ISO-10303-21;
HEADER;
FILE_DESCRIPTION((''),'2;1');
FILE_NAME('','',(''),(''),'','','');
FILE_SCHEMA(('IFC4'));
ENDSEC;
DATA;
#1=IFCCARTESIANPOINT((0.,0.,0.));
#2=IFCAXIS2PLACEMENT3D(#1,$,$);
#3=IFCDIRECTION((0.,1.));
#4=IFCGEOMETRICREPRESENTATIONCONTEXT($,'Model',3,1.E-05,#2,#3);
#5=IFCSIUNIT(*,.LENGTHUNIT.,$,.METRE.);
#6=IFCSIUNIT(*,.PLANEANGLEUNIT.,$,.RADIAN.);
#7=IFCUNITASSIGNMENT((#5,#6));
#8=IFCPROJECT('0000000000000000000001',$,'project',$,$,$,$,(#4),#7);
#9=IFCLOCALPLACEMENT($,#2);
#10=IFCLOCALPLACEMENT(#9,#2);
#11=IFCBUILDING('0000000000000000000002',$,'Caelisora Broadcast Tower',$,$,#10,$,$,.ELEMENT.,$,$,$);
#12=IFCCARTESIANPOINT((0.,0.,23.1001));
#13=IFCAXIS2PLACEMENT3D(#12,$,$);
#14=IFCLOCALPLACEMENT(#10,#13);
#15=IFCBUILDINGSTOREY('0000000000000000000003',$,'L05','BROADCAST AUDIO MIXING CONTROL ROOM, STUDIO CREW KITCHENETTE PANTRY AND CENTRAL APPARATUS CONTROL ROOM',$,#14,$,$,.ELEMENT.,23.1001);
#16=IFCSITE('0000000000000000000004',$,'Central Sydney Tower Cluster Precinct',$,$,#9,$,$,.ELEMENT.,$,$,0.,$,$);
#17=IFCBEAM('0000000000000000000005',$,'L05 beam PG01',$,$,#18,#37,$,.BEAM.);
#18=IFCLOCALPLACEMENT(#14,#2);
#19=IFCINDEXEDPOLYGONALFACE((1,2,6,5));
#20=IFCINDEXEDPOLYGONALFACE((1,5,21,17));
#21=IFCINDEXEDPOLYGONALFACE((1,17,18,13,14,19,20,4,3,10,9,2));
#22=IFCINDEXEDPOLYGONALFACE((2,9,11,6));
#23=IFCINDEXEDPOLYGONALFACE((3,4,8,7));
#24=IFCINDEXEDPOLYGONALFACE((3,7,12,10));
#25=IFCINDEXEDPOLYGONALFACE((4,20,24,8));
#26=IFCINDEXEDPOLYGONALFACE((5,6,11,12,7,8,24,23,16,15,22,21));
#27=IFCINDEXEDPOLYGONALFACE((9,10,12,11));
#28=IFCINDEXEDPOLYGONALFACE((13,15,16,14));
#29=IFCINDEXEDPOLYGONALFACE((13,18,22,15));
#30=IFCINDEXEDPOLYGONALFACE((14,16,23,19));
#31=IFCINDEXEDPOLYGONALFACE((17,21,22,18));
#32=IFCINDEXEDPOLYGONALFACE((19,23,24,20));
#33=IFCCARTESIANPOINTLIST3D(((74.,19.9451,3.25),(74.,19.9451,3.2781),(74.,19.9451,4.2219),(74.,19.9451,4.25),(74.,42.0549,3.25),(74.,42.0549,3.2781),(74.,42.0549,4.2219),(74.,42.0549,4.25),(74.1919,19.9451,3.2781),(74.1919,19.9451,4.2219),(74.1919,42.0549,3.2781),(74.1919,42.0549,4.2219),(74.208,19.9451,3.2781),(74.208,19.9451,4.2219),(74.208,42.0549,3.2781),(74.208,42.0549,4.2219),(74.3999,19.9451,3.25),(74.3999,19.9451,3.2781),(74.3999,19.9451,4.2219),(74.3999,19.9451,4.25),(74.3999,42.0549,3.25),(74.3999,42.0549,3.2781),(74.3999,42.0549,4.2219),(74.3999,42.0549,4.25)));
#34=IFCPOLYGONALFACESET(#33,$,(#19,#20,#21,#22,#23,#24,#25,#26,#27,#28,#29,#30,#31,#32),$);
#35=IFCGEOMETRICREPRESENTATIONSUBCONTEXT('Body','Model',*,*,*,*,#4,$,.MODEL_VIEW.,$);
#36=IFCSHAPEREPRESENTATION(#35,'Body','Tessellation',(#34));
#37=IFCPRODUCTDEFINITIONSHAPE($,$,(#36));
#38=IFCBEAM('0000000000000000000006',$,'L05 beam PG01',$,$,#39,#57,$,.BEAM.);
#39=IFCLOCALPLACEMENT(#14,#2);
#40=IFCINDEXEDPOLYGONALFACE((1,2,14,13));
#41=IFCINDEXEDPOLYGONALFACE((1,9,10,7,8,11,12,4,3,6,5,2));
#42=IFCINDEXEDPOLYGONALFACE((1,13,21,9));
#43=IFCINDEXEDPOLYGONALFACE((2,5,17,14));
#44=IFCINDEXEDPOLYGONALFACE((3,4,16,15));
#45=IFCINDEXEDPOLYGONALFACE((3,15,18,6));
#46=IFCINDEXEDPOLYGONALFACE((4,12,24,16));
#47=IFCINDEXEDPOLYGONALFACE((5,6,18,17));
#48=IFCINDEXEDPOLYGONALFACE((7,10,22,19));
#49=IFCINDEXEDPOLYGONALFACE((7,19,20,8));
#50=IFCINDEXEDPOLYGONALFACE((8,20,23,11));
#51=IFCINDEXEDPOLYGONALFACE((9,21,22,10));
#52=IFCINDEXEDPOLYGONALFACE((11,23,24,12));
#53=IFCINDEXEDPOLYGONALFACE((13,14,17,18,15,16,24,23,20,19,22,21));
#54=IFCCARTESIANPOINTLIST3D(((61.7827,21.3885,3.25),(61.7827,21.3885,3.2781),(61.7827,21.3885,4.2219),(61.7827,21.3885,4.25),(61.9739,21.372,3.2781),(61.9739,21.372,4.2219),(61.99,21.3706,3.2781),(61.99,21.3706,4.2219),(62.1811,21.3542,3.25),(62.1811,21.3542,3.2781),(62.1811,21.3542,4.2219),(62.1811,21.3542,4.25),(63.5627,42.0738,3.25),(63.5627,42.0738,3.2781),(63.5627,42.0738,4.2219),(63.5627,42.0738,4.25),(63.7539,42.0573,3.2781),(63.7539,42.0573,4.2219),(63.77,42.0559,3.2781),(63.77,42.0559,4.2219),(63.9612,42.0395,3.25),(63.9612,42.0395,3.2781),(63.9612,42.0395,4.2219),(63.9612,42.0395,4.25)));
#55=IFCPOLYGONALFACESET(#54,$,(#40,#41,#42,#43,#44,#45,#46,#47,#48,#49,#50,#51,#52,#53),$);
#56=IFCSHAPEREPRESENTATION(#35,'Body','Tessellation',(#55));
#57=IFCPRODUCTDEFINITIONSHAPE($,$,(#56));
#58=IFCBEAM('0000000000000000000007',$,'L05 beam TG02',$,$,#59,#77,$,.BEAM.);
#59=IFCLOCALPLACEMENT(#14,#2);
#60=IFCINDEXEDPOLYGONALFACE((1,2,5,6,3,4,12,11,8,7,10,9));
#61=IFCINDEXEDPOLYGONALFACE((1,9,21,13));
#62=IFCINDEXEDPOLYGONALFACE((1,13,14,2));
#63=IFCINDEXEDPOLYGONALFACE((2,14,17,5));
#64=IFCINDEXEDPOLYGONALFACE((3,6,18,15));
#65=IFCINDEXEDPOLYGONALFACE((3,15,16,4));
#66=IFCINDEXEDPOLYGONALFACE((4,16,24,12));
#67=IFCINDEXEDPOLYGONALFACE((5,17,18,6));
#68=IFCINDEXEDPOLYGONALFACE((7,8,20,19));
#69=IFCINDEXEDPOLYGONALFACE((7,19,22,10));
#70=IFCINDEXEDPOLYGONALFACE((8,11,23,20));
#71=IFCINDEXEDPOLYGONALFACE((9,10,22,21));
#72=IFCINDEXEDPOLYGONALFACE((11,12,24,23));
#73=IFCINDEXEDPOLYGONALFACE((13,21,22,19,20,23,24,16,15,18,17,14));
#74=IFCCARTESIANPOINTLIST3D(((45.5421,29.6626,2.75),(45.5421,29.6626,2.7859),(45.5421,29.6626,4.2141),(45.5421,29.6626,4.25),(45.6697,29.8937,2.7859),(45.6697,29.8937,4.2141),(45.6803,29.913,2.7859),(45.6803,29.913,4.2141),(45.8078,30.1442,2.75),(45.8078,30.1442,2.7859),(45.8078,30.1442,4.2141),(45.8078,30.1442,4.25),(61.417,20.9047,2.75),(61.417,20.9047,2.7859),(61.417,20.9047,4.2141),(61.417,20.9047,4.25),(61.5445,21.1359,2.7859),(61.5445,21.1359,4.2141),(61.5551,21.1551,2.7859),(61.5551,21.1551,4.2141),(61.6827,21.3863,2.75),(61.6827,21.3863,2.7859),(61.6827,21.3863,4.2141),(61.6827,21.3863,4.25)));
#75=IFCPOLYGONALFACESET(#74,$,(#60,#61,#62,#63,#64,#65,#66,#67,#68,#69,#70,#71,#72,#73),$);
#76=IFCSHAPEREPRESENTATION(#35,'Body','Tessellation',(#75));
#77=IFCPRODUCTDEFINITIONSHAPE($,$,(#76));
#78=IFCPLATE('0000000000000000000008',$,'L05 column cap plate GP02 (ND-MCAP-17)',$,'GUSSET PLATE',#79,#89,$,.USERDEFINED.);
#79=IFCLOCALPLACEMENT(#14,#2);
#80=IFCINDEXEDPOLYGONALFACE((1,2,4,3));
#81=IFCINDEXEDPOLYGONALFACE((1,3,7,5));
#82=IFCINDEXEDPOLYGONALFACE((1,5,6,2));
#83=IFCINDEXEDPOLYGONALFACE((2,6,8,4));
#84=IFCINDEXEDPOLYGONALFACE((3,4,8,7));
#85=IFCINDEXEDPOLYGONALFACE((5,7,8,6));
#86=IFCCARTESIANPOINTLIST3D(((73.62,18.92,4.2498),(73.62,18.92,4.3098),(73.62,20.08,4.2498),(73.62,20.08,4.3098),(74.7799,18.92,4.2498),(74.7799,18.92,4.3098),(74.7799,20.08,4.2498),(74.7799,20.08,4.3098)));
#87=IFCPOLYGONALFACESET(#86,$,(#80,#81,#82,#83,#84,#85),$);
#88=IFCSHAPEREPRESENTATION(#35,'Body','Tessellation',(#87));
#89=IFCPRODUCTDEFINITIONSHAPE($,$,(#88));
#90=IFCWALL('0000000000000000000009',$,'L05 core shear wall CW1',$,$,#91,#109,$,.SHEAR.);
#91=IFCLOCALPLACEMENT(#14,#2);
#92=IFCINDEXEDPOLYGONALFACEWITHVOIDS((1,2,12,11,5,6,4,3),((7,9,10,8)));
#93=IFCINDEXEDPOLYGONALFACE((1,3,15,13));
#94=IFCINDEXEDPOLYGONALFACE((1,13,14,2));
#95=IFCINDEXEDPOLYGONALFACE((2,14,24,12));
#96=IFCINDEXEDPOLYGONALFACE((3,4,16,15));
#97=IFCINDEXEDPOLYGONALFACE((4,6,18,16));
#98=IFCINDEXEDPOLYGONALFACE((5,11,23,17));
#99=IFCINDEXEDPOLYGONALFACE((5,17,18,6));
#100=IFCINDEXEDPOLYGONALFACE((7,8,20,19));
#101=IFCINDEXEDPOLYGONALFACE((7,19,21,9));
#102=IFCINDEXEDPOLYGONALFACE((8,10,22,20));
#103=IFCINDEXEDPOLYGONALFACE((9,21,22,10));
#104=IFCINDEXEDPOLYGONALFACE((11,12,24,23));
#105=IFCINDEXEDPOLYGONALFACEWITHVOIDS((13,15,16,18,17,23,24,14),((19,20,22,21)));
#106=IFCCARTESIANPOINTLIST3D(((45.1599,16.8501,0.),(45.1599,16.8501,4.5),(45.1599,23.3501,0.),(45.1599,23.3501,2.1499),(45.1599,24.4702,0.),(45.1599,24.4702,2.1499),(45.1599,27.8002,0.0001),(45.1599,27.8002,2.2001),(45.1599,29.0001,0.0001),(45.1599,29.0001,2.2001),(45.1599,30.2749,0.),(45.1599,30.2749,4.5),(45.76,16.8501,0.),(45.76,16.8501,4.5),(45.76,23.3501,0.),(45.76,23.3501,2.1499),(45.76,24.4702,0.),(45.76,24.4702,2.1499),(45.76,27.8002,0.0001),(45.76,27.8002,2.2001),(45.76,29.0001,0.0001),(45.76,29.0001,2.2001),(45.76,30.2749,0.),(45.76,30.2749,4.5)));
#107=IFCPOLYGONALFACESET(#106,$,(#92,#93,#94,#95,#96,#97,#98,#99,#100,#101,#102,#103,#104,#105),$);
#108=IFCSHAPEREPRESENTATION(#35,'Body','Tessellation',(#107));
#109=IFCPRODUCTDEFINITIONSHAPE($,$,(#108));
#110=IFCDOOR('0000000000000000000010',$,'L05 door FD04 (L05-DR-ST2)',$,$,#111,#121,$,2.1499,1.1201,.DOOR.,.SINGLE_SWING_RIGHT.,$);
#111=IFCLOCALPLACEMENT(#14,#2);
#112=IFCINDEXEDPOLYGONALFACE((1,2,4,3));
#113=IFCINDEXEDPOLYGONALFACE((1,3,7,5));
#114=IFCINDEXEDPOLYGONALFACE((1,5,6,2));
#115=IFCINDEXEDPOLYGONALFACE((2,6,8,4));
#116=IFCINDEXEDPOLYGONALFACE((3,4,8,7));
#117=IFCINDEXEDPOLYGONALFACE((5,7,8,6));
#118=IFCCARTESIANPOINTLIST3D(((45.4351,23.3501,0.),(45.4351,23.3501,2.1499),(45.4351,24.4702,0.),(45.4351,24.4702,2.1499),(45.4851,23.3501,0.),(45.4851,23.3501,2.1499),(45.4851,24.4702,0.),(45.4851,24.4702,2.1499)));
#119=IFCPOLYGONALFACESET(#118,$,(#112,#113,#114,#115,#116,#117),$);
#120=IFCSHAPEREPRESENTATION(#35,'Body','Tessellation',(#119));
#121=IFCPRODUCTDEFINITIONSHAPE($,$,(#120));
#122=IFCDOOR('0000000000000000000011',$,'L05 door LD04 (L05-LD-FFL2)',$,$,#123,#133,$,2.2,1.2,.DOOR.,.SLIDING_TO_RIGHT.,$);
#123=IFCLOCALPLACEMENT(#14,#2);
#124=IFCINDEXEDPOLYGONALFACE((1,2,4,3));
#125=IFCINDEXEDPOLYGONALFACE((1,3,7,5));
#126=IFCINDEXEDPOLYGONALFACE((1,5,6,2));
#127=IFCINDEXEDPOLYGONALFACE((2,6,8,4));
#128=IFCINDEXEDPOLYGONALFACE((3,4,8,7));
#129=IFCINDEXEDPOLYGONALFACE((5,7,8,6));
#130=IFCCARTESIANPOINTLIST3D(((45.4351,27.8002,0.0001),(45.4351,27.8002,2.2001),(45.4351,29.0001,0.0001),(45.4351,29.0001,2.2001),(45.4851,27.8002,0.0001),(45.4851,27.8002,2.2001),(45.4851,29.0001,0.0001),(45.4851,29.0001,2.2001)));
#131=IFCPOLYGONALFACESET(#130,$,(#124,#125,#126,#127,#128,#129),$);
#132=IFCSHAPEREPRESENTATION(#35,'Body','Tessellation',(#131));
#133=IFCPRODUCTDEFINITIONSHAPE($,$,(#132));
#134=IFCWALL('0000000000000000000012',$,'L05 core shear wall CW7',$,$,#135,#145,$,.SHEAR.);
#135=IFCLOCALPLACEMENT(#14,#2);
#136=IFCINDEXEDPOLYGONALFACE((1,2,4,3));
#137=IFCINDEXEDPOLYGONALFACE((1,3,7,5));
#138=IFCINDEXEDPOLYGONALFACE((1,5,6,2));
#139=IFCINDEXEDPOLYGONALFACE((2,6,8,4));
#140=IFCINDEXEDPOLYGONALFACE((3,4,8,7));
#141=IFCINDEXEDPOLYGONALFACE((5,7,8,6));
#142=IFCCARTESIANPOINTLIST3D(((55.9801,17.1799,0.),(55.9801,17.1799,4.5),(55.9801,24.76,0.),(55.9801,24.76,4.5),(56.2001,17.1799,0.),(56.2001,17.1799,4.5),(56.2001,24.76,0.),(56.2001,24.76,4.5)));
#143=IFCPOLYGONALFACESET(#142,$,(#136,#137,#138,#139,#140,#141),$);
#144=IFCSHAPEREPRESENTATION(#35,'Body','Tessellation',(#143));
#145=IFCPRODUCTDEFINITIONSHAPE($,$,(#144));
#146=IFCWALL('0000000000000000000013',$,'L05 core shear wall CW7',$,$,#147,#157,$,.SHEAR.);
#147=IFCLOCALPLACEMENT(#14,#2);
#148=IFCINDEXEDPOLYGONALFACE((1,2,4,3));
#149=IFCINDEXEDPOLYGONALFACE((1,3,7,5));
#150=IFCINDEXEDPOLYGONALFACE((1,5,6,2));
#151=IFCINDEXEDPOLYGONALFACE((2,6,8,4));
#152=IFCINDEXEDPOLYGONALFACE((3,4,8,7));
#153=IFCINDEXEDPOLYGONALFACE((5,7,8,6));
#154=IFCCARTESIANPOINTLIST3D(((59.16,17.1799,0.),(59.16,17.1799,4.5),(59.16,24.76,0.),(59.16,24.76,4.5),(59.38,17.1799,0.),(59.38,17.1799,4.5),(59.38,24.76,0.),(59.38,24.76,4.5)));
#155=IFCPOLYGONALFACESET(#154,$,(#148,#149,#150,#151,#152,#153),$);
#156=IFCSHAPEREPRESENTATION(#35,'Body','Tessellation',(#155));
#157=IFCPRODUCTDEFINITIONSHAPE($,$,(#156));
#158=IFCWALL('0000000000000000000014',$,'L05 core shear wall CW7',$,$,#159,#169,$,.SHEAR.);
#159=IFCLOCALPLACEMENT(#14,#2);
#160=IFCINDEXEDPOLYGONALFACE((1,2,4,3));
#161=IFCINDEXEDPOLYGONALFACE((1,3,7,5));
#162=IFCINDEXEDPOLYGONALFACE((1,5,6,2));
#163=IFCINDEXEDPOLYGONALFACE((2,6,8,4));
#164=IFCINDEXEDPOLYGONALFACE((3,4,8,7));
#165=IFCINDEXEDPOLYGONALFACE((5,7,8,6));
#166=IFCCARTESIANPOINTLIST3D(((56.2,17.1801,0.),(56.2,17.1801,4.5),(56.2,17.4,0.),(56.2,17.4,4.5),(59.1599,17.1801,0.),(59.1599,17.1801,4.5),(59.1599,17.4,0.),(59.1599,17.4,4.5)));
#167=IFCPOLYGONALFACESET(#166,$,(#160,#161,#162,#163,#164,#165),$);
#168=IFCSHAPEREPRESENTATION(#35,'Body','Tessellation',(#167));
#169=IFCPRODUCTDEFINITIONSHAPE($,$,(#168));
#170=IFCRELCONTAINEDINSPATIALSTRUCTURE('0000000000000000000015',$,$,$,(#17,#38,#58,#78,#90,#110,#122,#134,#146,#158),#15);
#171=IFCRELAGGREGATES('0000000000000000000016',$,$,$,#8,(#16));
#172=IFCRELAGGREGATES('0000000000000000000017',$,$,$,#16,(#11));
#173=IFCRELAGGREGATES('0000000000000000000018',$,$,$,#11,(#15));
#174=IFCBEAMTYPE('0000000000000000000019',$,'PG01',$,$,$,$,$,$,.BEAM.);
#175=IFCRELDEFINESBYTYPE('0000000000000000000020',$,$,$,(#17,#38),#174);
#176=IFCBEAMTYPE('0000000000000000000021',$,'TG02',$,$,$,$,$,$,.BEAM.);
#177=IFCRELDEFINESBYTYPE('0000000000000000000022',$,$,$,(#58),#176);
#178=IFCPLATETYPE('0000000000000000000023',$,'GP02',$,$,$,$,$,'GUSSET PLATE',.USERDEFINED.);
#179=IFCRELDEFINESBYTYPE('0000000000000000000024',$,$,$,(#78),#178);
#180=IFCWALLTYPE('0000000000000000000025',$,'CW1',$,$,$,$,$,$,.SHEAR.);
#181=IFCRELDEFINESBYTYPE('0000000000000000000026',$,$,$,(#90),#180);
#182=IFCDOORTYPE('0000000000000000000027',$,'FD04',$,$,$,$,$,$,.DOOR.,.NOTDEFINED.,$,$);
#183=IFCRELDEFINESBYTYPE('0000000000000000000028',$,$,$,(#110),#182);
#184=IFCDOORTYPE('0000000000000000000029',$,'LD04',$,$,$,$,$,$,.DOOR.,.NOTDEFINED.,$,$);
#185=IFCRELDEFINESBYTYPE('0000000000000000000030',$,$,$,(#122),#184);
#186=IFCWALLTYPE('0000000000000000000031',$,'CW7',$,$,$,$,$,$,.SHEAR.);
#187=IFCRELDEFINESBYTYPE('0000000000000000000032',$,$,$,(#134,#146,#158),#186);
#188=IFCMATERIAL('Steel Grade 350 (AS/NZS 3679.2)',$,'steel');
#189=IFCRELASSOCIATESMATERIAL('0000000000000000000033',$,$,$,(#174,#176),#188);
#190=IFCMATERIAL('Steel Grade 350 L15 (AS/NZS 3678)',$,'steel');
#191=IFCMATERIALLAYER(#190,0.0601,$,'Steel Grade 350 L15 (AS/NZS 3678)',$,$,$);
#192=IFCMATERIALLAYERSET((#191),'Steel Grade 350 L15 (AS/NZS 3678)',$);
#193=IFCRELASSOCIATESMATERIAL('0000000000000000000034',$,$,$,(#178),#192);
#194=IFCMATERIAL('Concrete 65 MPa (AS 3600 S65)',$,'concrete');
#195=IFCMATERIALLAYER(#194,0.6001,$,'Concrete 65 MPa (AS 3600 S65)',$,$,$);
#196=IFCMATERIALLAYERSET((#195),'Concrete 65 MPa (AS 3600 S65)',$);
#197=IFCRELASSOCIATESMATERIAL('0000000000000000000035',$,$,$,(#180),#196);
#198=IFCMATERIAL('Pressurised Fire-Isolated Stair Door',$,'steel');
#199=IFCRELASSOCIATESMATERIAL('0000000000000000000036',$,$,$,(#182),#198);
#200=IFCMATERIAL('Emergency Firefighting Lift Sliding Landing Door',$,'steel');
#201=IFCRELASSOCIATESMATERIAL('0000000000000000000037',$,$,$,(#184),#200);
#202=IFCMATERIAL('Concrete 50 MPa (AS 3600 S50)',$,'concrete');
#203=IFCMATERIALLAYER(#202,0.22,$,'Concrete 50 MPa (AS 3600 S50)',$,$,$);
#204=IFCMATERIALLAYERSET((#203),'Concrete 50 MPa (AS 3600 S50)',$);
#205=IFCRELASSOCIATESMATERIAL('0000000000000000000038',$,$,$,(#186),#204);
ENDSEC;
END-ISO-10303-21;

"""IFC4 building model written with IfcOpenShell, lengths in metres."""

from ifc_helpers import new_model, si_unit, direction, frame, frame_2d, origin, origin_2d, place, context, subcontext, project, spatial, rectangle, i_section, extrude, source, transform, mapped, material, layer, layer_set, material_profile, profile_set, type_object, type_shapes, element, fill, save


model = new_model("IFC4")

# Units and contexts
model_context = context("Model", 3, precision=1e-05, world=origin(), true_north=direction((0.0, 1.0)))
body_context = subcontext(model_context, "Body", "Model", "MODEL_VIEW")
ifc_project = project(units=[si_unit("LENGTHUNIT", "METRE"), si_unit("PLANEANGLEUNIT", "RADIAN")], contexts=[model_context])

# Site, building, storey
site_placement = place(None, origin())
site = spatial("IfcSite", under=ifc_project, at=site_placement, Name="Central Sydney Tower Cluster Precinct", CompositionType="ELEMENT", RefElevation=0.0)
building_placement = place(site_placement, origin())
building = spatial("IfcBuilding", under=site, at=building_placement, Name="Caelisora Broadcast Tower", CompositionType="ELEMENT")
storey_placement = place(building_placement, frame((0.0, 0.0, 23.1001)))
storey = spatial("IfcBuildingStorey", under=building, at=storey_placement, Name="L05", Description="BROADCAST AUDIO MIXING CONTROL ROOM, STUDIO CREW KITCHENETTE PANTRY AND CENTRAL APPARATUS CONTROL ROOM", CompositionType="ELEMENT", Elevation=23.1001)

# Shared definitions
ifc_material_1 = material(Name="Steel Grade 350 (AS/NZS 3679.2)", Category="steel")
ifc_material_2 = material(Name="Steel Grade 350 L15 (AS/NZS 3678)", Category="steel")

# Beams
ifc_material_profile_1 = material_profile(ifc_material_1, i_section(OverallWidth=0.3999, OverallDepth=1.0, WebThickness=0.0161, FlangeThickness=0.0281, at=origin_2d()), Name="Steel Grade 350 (AS/NZS 3679.2)")
ifc_profile_set_1 = profile_set([ifc_material_profile_1], Name="Steel Grade 350 (AS/NZS 3679.2)")
beam_type_1 = type_object("IfcBeamType", Name="PG01", PredefinedType="BEAM", material=ifc_profile_set_1)
shared_shape_1 = source(origin(), body_context, "Body", "SweptSolid", [
    extrude(i_section(OverallWidth=0.3999, OverallDepth=1.0, WebThickness=0.0161, FlangeThickness=0.0281, at=origin_2d()), origin(), (0.0, 0.0, 1.0), 22.1099),
])
beam_1_placement = place(storey_placement, frame((74.2, 19.9451, 3.75), z_axis=(0.0, 1.0, 0.0), x_axis=(-1.0, 0.0, 0.0)))
element("IfcBeam", 1, at=beam_1_placement, inside=storey, type_object=beam_type_1, Name="L05 beam PG01", PredefinedType="BEAM", context=body_context, shape_type="MappedRepresentation", body=[
    mapped(shared_shape_1, transform((0.0, 0.0, 0.0), scale=1.0)),
])
shared_shape_2 = source(origin(), body_context, "Body", "SweptSolid", [
    extrude(i_section(OverallWidth=0.3999, OverallDepth=1.0, WebThickness=0.0161, FlangeThickness=0.0281, at=origin_2d()), origin(), (0.0, 0.0, 1.0), 20.7617),
])
beam_2_placement = place(storey_placement, frame((61.9819, 21.3713, 3.75), z_axis=(0.085736, 0.996318, 0.0), x_axis=(-0.996318, 0.085736, 0.0)))
element("IfcBeam", 2, at=beam_2_placement, inside=storey, type_object=beam_type_1, Name="L05 beam PG01", PredefinedType="BEAM", context=body_context, shape_type="MappedRepresentation", body=[
    mapped(shared_shape_2, transform((0.0, 0.0, 0.0), scale=1.0)),
])
ifc_material_profile_2 = material_profile(ifc_material_1, i_section(OverallWidth=0.55, OverallDepth=1.5, WebThickness=0.022, FlangeThickness=0.0359, at=origin_2d()), Name="Steel Grade 350 (AS/NZS 3679.2)")
ifc_profile_set_2 = profile_set([ifc_material_profile_2], Name="Steel Grade 350 (AS/NZS 3679.2)")
beam_type_2 = type_object("IfcBeamType", Name="TG02", PredefinedType="BEAM", material=ifc_profile_set_2)
shared_shape_3 = source(origin(), body_context, "Body", "SweptSolid", [
    extrude(i_section(OverallWidth=0.55, OverallDepth=1.5, WebThickness=0.022, FlangeThickness=0.0359, at=origin_2d()), origin(), (0.0, 0.0, 1.0), 18.1304),
])
type_shapes(beam_type_2, [shared_shape_3])
beam_3_placement = place(storey_placement, frame((61.5498, 21.1455, 3.5), z_axis=(-0.875593, 0.483049, 0.0), x_axis=(-0.483049, -0.875593, 0.0)))
element("IfcBeam", 3, at=beam_3_placement, inside=storey, type_object=beam_type_2, Name="L05 beam TG02", PredefinedType="BEAM", context=body_context, shape_type="MappedRepresentation", body=[
    mapped(shared_shape_3, transform((0.0, 0.0, 0.0), scale=1.0)),
])

# Plate
ifc_layer_1 = layer(ifc_material_2, 0.0601, Name="Steel Grade 350 L15 (AS/NZS 3678)")
ifc_layer_set_1 = layer_set([ifc_layer_1], Name="Steel Grade 350 L15 (AS/NZS 3678)")
plate_type = type_object("IfcPlateType", Name="GP02", ElementType="GUSSET PLATE", PredefinedType="USERDEFINED", material=ifc_layer_set_1)
shared_shape_4 = source(origin(), body_context, "Body", "SweptSolid", [
    extrude(rectangle(XDim=1.1599, YDim=1.1599, at=origin_2d()), origin(), (0.0, 0.0, 1.0), 0.0601),
])
type_shapes(plate_type, [shared_shape_4])
plate_placement = place(storey_placement, frame((74.2, 19.5, 4.2498), z_axis=(0.0, 0.0, 1.0), x_axis=(1.0, 0.0, 0.0)))
element("IfcPlate", 4, at=plate_placement, inside=storey, type_object=plate_type, Name="L05 column cap plate GP02 (ND-MCAP-17)", ObjectType="GUSSET PLATE", PredefinedType="USERDEFINED", context=body_context, shape_type="MappedRepresentation", body=[
    mapped(shared_shape_4, transform((0.0, 0.0, 0.0), scale=1.0)),
])

# Wall, openings, doors
ifc_material_3 = material(Name="Concrete 65 MPa (AS 3600 S65)", Category="concrete")
ifc_layer_2 = layer(ifc_material_3, 0.6001, Name="Concrete 65 MPa (AS 3600 S65)")
ifc_layer_set_2 = layer_set([ifc_layer_2], Name="Concrete 65 MPa (AS 3600 S65)")
wall_type_1 = type_object("IfcWallType", Name="CW1", PredefinedType="SHEAR", material=ifc_layer_set_2)
wall_1_placement = place(storey_placement, frame((45.46, 16.8501, 0.0), z_axis=(0.0, 0.0, 1.0), x_axis=(0.0, 1.0, 0.0)))
wall_1 = element("IfcWall", 5, at=wall_1_placement, inside=storey, type_object=wall_type_1, Name="L05 core shear wall CW1", PredefinedType="SHEAR", context=body_context, shape_type="SweptSolid", body=[
    extrude(rectangle(XDim=13.4248, YDim=0.6001, at=frame_2d((6.7124, 0.0))), origin(), (0.0, 0.0, 1.0), 4.5),
])
opening_1_placement = place(wall_1_placement, frame((6.5, 0.0, 0.0)))
opening_1 = element("IfcOpeningElement", 6, at=opening_1_placement, cuts=wall_1, PredefinedType="OPENING", context=body_context, shape_type="SweptSolid", body=[
    extrude(rectangle(XDim=1.1201, YDim=2.1499, at=frame_2d((0.5601, 1.075))), frame((0.0, 0.312, 0.0), z_axis=(0.0, -1.0, 0.0), x_axis=(1.0, 0.0, 0.0)), (0.0, 0.0, 1.0), 0.624),
])
opening_2_placement = place(wall_1_placement, frame((10.95, 0.0, 0.0)))
opening_2 = element("IfcOpeningElement", 7, at=opening_2_placement, cuts=wall_1, PredefinedType="OPENING", context=body_context, shape_type="SweptSolid", body=[
    extrude(rectangle(XDim=1.2, YDim=2.2, at=frame_2d((0.6001, 1.1001))), frame((0.0, 0.312, 0.0), z_axis=(0.0, -1.0, 0.0), x_axis=(1.0, 0.0, 0.0)), (0.0, 0.0, 1.0), 0.624),
])
ifc_material_4 = material(Name="Pressurised Fire-Isolated Stair Door", Category="steel")
door_type_1 = type_object("IfcDoorType", Name="FD04", OperationType="NOTDEFINED", PredefinedType="DOOR", material=ifc_material_4)
door_1_placement = place(opening_1_placement, origin())
door_1 = element("IfcDoor", 8, at=door_1_placement, inside=storey, type_object=door_type_1, Name="L05 door FD04 (L05-DR-ST2)", OperationType="SINGLE_SWING_RIGHT", OverallHeight=2.1499, OverallWidth=1.1201, PredefinedType="DOOR", context=body_context, shape_type="SweptSolid", body=[
    extrude(rectangle(XDim=1.1201, YDim=2.1499, at=frame_2d((0.5601, 1.075))), frame((0.0, 0.0249, 0.0), z_axis=(0.0, -1.0, 0.0), x_axis=(1.0, 0.0, 0.0)), (0.0, 0.0, 1.0), 0.05),
])
fill(opening_1, door_1)
ifc_material_5 = material(Name="Emergency Firefighting Lift Sliding Landing Door", Category="steel")
door_type_2 = type_object("IfcDoorType", Name="LD04", OperationType="NOTDEFINED", PredefinedType="DOOR", material=ifc_material_5)
door_2_placement = place(opening_2_placement, origin())
door_2 = element("IfcDoor", 9, at=door_2_placement, inside=storey, type_object=door_type_2, Name="L05 door LD04 (L05-LD-FFL2)", OperationType="SLIDING_TO_RIGHT", OverallHeight=2.2, OverallWidth=1.2, PredefinedType="DOOR", context=body_context, shape_type="SweptSolid", body=[
    extrude(rectangle(XDim=1.2, YDim=2.2, at=frame_2d((0.6001, 1.1001))), frame((0.0, 0.0249, 0.0), z_axis=(0.0, -1.0, 0.0), x_axis=(1.0, 0.0, 0.0)), (0.0, 0.0, 1.0), 0.05),
])
fill(opening_2, door_2)

# Walls
ifc_material_6 = material(Name="Concrete 50 MPa (AS 3600 S50)", Category="concrete")
ifc_layer_3 = layer(ifc_material_6, 0.22, Name="Concrete 50 MPa (AS 3600 S50)")
ifc_layer_set_3 = layer_set([ifc_layer_3], Name="Concrete 50 MPa (AS 3600 S50)")
wall_type_2 = type_object("IfcWallType", Name="CW7", PredefinedType="SHEAR", material=ifc_layer_set_3)
for number, where, z_axis, x_axis, name in (
    (10, (56.0901, 17.1799, 0.0), (0.0, 0.0, 1.0), (0.0, 1.0, 0.0), "L05 core shear wall CW7"),
    (11, (59.27, 17.1799, 0.0), (0.0, 0.0, 1.0), (0.0, 1.0, 0.0), "L05 core shear wall CW7"),
):
    element("IfcWall", number, at=place(storey_placement, frame(where, z_axis=z_axis, x_axis=x_axis)), inside=storey, type_object=wall_type_2, Name=name, PredefinedType="SHEAR", context=body_context, shape_type="SweptSolid", body=[
        extrude(rectangle(XDim=7.5801, YDim=0.22, at=frame_2d((3.79, 0.0))), origin(), (0.0, 0.0, 1.0), 4.5),
    ])
wall_2_placement = place(storey_placement, frame((56.2, 17.29, 0.0), z_axis=(0.0, 0.0, 1.0), x_axis=(1.0, 0.0, 0.0)))
element("IfcWall", 12, at=wall_2_placement, inside=storey, type_object=wall_type_2, Name="L05 core shear wall CW7", PredefinedType="SHEAR", context=body_context, shape_type="SweptSolid", body=[
    extrude(rectangle(XDim=2.96, YDim=0.22, at=frame_2d((1.48, 0.0))), origin(), (0.0, 0.0, 1.0), 4.5),
])

save(model, "model.ifc")
